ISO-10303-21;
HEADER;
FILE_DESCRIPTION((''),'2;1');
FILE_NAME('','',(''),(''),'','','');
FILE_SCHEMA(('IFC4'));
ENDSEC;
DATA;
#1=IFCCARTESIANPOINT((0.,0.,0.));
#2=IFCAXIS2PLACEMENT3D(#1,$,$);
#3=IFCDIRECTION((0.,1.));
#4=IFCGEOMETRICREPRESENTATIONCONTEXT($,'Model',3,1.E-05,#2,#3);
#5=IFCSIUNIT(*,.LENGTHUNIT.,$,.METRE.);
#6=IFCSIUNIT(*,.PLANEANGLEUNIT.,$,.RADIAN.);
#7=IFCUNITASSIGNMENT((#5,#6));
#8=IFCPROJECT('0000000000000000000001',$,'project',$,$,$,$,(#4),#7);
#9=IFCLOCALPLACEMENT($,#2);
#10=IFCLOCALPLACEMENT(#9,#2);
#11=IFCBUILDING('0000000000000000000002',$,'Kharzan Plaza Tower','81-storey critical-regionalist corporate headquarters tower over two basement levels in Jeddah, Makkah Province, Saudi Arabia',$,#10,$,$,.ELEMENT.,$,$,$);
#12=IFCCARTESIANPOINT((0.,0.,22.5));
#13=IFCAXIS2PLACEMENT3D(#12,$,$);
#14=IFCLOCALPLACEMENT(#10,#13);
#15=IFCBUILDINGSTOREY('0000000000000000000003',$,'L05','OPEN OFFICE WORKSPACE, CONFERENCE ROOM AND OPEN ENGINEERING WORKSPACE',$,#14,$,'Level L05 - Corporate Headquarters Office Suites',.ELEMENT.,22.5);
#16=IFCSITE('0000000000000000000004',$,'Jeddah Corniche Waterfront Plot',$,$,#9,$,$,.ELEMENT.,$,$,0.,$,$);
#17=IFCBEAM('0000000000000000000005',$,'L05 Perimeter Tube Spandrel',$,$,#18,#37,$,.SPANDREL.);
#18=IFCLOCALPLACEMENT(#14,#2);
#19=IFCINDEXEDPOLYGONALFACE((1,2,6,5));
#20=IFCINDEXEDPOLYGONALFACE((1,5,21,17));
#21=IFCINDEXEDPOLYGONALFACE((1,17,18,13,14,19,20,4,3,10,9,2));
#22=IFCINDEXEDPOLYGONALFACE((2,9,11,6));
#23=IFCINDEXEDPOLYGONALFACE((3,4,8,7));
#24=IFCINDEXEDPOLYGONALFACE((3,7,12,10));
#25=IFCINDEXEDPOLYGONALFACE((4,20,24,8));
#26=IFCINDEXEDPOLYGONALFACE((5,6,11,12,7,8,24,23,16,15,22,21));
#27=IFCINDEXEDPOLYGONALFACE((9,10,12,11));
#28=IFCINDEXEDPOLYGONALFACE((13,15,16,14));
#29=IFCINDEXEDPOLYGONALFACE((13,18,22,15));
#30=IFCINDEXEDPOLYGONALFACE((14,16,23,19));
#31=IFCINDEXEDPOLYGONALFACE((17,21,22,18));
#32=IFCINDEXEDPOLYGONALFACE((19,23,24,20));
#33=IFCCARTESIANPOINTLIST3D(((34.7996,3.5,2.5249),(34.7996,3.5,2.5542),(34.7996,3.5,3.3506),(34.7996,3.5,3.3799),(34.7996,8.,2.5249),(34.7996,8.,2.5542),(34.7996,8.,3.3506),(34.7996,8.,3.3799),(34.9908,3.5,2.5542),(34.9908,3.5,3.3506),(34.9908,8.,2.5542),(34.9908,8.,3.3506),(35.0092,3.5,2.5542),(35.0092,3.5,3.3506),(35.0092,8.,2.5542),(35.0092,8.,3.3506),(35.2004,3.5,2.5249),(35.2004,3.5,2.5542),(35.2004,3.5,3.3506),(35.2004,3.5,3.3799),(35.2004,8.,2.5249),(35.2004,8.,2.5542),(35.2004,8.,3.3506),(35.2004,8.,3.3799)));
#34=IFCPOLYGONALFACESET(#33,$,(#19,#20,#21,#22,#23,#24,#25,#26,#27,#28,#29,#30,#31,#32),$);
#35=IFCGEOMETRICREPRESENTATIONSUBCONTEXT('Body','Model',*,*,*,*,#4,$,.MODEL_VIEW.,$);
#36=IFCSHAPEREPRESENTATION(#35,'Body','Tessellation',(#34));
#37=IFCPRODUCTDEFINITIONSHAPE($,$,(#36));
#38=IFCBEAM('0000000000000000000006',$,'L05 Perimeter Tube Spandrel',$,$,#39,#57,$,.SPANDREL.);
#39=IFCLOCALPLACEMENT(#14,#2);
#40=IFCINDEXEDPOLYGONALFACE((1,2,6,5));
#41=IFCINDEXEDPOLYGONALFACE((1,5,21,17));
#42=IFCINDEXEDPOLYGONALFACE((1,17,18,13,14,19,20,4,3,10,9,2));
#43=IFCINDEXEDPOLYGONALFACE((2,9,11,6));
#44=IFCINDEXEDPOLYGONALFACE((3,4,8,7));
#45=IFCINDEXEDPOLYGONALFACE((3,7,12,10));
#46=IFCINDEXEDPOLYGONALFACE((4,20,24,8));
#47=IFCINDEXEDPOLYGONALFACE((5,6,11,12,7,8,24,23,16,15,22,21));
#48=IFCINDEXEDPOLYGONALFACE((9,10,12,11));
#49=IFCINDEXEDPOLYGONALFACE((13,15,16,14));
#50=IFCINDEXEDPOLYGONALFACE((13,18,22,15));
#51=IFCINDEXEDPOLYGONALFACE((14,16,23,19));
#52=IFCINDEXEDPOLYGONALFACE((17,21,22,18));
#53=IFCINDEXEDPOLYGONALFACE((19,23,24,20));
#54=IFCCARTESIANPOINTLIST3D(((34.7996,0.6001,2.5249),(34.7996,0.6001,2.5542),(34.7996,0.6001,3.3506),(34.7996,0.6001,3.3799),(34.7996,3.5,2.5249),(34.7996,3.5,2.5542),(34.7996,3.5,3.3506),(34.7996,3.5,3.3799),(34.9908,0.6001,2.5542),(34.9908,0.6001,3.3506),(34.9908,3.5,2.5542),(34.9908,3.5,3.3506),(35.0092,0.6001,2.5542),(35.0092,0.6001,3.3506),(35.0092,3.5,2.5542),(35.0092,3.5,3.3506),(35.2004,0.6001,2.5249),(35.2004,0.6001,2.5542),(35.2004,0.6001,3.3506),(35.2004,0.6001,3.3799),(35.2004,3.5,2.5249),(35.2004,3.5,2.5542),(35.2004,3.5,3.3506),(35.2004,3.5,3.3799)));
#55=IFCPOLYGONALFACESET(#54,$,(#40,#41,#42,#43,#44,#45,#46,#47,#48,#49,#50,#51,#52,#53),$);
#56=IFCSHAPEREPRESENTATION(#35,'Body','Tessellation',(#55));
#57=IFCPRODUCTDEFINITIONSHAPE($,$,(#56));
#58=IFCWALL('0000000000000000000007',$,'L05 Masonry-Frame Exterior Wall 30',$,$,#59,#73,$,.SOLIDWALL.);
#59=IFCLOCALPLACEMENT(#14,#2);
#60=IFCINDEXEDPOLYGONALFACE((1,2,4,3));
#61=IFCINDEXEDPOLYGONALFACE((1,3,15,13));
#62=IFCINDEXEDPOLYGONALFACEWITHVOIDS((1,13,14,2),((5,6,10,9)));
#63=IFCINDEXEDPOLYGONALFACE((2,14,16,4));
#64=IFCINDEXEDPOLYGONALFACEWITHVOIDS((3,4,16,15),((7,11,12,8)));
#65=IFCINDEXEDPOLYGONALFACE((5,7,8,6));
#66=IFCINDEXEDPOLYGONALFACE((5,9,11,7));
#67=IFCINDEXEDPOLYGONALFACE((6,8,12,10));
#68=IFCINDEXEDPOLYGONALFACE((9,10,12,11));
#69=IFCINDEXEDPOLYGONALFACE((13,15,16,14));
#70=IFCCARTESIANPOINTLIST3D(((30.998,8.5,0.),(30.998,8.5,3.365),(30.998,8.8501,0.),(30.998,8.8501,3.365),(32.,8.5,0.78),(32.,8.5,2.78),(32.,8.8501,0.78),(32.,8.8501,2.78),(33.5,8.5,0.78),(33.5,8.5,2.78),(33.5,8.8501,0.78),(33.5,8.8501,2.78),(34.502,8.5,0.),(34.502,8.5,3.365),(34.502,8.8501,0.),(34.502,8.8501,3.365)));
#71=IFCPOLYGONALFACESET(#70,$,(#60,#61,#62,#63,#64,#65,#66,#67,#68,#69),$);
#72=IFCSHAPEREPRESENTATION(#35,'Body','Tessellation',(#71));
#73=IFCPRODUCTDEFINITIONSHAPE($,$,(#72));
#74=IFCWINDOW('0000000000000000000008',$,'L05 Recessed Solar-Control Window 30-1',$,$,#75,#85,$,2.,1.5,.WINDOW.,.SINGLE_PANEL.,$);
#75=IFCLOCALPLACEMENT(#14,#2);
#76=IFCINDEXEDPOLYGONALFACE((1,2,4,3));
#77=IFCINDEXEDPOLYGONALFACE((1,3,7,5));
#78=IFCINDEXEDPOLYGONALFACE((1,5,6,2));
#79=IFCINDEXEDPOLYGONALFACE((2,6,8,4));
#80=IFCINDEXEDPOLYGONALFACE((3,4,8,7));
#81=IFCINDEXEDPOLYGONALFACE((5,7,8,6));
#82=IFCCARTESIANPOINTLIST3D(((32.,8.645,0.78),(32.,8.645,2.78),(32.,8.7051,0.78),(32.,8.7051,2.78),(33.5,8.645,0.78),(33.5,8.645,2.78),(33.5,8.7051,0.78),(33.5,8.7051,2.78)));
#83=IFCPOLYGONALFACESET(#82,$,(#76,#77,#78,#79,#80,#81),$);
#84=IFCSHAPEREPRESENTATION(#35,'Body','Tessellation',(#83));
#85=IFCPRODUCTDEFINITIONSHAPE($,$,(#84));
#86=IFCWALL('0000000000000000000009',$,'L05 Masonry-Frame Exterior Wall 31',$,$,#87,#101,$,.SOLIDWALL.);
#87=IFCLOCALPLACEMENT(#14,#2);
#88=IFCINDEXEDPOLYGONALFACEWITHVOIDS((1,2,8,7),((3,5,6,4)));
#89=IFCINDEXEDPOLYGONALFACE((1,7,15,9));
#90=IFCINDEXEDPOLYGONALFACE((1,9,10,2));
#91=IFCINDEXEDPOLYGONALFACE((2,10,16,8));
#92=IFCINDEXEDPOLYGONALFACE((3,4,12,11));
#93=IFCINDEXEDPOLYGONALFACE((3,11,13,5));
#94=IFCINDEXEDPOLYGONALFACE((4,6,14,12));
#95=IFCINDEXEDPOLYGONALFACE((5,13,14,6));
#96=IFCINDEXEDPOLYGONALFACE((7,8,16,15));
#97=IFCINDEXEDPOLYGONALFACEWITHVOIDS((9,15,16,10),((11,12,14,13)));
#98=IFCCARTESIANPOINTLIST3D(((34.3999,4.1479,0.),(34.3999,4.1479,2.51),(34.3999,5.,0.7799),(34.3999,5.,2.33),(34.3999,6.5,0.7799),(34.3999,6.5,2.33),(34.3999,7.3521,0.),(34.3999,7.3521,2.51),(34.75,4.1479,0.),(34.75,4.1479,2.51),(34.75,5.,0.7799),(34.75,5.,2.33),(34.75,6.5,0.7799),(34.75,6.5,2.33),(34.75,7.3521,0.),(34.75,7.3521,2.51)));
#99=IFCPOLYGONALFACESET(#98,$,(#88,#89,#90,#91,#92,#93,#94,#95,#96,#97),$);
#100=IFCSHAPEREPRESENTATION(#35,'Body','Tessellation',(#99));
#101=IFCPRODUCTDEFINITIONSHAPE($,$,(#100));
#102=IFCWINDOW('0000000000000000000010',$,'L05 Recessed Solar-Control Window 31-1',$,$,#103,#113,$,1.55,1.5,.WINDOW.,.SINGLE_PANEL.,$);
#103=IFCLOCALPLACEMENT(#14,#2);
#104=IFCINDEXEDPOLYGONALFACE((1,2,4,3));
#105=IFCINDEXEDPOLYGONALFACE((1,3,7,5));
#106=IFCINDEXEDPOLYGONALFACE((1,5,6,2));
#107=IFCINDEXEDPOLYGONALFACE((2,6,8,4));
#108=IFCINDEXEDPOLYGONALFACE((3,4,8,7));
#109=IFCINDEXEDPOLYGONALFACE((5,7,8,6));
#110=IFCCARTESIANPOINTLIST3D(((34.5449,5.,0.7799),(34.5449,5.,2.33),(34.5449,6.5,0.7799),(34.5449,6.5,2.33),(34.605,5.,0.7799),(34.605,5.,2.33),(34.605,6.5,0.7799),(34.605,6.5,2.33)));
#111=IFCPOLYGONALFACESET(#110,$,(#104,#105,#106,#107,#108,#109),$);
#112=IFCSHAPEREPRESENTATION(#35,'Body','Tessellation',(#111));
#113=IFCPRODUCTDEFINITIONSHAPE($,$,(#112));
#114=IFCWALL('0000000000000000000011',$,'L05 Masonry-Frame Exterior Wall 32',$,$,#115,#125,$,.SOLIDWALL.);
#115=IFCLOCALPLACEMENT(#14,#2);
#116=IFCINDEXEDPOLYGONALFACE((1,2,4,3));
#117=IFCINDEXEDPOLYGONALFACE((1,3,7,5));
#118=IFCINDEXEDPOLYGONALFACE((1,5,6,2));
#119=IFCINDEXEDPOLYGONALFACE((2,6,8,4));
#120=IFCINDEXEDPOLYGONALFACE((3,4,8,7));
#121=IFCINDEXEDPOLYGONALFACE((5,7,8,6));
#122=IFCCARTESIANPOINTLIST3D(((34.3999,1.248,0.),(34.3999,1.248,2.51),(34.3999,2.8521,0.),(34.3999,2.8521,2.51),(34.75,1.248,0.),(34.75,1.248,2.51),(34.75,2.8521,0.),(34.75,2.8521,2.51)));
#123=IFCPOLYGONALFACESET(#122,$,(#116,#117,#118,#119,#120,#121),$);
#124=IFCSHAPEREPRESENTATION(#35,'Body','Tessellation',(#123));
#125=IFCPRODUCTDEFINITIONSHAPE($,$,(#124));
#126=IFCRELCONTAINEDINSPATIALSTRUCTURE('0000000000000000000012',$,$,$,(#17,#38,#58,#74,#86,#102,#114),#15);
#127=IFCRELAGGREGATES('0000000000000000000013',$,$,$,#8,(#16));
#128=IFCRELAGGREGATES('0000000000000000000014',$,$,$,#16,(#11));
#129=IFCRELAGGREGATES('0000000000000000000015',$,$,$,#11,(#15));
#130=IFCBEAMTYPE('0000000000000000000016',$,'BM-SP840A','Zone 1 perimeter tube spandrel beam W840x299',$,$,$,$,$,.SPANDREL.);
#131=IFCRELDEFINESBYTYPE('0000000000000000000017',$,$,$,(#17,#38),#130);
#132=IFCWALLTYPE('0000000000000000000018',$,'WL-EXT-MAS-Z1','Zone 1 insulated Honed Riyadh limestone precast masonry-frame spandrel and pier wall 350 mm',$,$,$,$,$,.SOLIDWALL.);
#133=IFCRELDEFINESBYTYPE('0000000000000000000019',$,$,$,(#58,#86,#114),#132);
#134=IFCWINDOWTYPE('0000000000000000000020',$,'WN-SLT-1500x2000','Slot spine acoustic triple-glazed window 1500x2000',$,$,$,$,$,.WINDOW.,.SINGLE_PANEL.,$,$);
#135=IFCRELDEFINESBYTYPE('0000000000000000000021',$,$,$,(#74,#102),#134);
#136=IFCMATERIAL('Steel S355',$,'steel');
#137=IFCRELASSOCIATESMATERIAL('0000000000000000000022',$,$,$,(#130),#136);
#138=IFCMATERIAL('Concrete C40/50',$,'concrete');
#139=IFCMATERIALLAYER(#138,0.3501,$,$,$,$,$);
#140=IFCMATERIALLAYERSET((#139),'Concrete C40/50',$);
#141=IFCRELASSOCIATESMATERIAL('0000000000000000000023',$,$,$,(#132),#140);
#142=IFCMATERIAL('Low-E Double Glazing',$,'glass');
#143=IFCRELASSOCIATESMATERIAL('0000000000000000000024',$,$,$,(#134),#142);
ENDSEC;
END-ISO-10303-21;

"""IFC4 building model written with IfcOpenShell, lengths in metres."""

from ifc_helpers import new_model, si_unit, direction, frame, frame_2d, origin, origin_2d, place, context, subcontext, project, spatial, rectangle, i_section, extrude, source, transform, mapped, material, layer, layer_set, material_profile, profile_set, type_object, element, fill, save


model = new_model("IFC4")

# Units and contexts
model_context = context("Model", 3, precision=1e-05, world=origin(), true_north=direction((0.0, 1.0)))
body_context = subcontext(model_context, "Body", "Model", "MODEL_VIEW")
ifc_project = project(units=[si_unit("LENGTHUNIT", "METRE"), si_unit("PLANEANGLEUNIT", "RADIAN")], contexts=[model_context])

# Site, building, storey
site_placement = place(None, origin())
site = spatial("IfcSite", under=ifc_project, at=site_placement, Name="Jeddah Corniche Waterfront Plot", CompositionType="ELEMENT", RefElevation=0.0)
building_placement = place(site_placement, origin())
building = spatial("IfcBuilding", under=site, at=building_placement, Name="Kharzan Plaza Tower", Description="81-storey critical-regionalist corporate headquarters tower over two basement levels in Jeddah, Makkah Province, Saudi Arabia", CompositionType="ELEMENT")
storey_placement = place(building_placement, frame((0.0, 0.0, 22.5)))
storey = spatial("IfcBuildingStorey", under=building, at=storey_placement, Name="L05", Description="OPEN OFFICE WORKSPACE, CONFERENCE ROOM AND OPEN ENGINEERING WORKSPACE", LongName="Level L05 - Corporate Headquarters Office Suites", CompositionType="ELEMENT", Elevation=22.5)

# Beams
ifc_material_1 = material(Name="Steel S355", Category="steel")
ifc_material_profile_1 = material_profile(ifc_material_1, i_section(OverallWidth=0.4009, OverallDepth=0.855, WebThickness=0.0183, FlangeThickness=0.0293, at=origin_2d()), Name="W840x299")
ifc_profile_set_1 = profile_set([ifc_material_profile_1], Name="Steel S355")
beam_type_1 = type_object("IfcBeamType", Name="BM-SP840A", Description="Zone 1 perimeter tube spandrel beam W840x299", PredefinedType="SPANDREL", material=ifc_profile_set_1)
shared_shape_1 = source(origin(), body_context, "Body", "SweptSolid", [
    extrude(i_section(OverallWidth=0.4009, OverallDepth=0.855, WebThickness=0.0183, FlangeThickness=0.0293, at=origin_2d()), origin(), (0.0, 0.0, 1.0), 4.5),
])
beam_1_placement = place(storey_placement, frame((35.0, 3.5, 2.9524), z_axis=(0.0, 1.0, 0.0), x_axis=(-1.0, 0.0, 0.0)))
element("IfcBeam", 1, at=beam_1_placement, inside=storey, type_object=beam_type_1, Name="L05 Perimeter Tube Spandrel", PredefinedType="SPANDREL", context=body_context, shape_type="MappedRepresentation", body=[
    mapped(shared_shape_1, transform((0.0, 0.0, 0.0), x_axis=(1.0, 0.0, 0.0), y_axis=(0.0, 1.0, 0.0), z_axis=(0.0, 0.0, 1.0))),
])
shared_shape_2 = source(origin(), body_context, "Body", "SweptSolid", [
    extrude(i_section(OverallWidth=0.4009, OverallDepth=0.855, WebThickness=0.0183, FlangeThickness=0.0293, at=origin_2d()), origin(), (0.0, 0.0, 1.0), 2.8999),
])
beam_2_placement = place(storey_placement, frame((35.0, 0.6001, 2.9524), z_axis=(0.0, 1.0, 0.0), x_axis=(-1.0, 0.0, 0.0)))
element("IfcBeam", 2, at=beam_2_placement, inside=storey, type_object=beam_type_1, Name="L05 Perimeter Tube Spandrel", PredefinedType="SPANDREL", context=body_context, shape_type="MappedRepresentation", body=[
    mapped(shared_shape_2, transform((0.0, 0.0, 0.0), x_axis=(1.0, 0.0, 0.0), y_axis=(0.0, 1.0, 0.0), z_axis=(0.0, 0.0, 1.0))),
])

# Walls, openings, windows
ifc_material_2 = material(Name="Concrete C40/50", Category="concrete")
ifc_layer = layer(ifc_material_2, 0.3501)
ifc_layer_set = layer_set([ifc_layer], Name="Concrete C40/50")
wall_type = type_object("IfcWallType", Name="WL-EXT-MAS-Z1", Description="Zone 1 insulated Honed Riyadh limestone precast masonry-frame spandrel and pier wall 350 mm", PredefinedType="SOLIDWALL", material=ifc_layer_set)
wall_1_placement = place(storey_placement, frame((30.998, 8.675, 0.0), z_axis=(0.0, 0.0, 1.0), x_axis=(1.0, 0.0, 0.0)))
wall_1 = element("IfcWall", 3, at=wall_1_placement, inside=storey, type_object=wall_type, Name="L05 Masonry-Frame Exterior Wall 30", PredefinedType="SOLIDWALL", context=body_context, shape_type="SweptSolid", body=[
    extrude(rectangle(XDim=3.5039, YDim=0.3501, at=frame_2d((1.752, 0.0))), origin(), (0.0, 0.0, 1.0), 3.365),
])
opening_1_placement = place(wall_1_placement, frame((1.002, 0.0, 0.78)))
opening_1 = element("IfcOpeningElement", 4, at=opening_1_placement, cuts=wall_1, PredefinedType="OPENING", context=body_context, shape_type="SweptSolid", body=[
    extrude(rectangle(XDim=1.5, YDim=2.0, at=frame_2d((0.75, 1.0))), frame((0.0, 0.1851, 0.0), z_axis=(0.0, -1.0, 0.0), x_axis=(1.0, 0.0, 0.0)), (0.0, 0.0, 1.0), 0.3701),
])
ifc_material_3 = material(Name="Low-E Double Glazing", Category="glass")
window_type = type_object("IfcWindowType", Name="WN-SLT-1500x2000", Description="Slot spine acoustic triple-glazed window 1500x2000", PartitioningType="SINGLE_PANEL", PredefinedType="WINDOW", material=ifc_material_3)
shared_shape_3 = source(origin(), body_context, "Body", "SweptSolid", [
    extrude(rectangle(XDim=1.5, YDim=2.0, at=frame_2d((0.75, 1.0))), frame((0.0, 0.03, 0.0), z_axis=(0.0, -1.0, 0.0), x_axis=(1.0, 0.0, 0.0)), (0.0, 0.0, 1.0), 0.0601),
])
window_1_placement = place(opening_1_placement, origin())
window_1 = element("IfcWindow", 5, at=window_1_placement, inside=storey, type_object=window_type, Name="L05 Recessed Solar-Control Window 30-1", OverallHeight=2.0, OverallWidth=1.5, PartitioningType="SINGLE_PANEL", PredefinedType="WINDOW", context=body_context, shape_type="MappedRepresentation", body=[
    mapped(shared_shape_3, transform((0.0, 0.0, 0.0), x_axis=(1.0, 0.0, 0.0), y_axis=(0.0, 1.0, 0.0), z_axis=(0.0, 0.0, 1.0))),
])
fill(opening_1, window_1)
wall_2_placement = place(storey_placement, frame((34.575, 7.3521, 0.0), z_axis=(0.0, 0.0, 1.0), x_axis=(0.0, -1.0, 0.0)))
wall_2 = element("IfcWall", 6, at=wall_2_placement, inside=storey, type_object=wall_type, Name="L05 Masonry-Frame Exterior Wall 31", PredefinedType="SOLIDWALL", context=body_context, shape_type="SweptSolid", body=[
    extrude(rectangle(XDim=3.2041, YDim=0.3501, at=frame_2d((1.6021, 0.0))), origin(), (0.0, 0.0, 1.0), 2.51),
])
opening_2_placement = place(wall_2_placement, frame((0.8521, 0.0, 0.78)))
opening_2 = element("IfcOpeningElement", 7, at=opening_2_placement, cuts=wall_2, PredefinedType="OPENING", context=body_context, shape_type="SweptSolid", body=[
    extrude(rectangle(XDim=1.5, YDim=1.55, at=frame_2d((0.75, 0.7749))), frame((0.0, 0.1851, 0.0), z_axis=(0.0, -1.0, 0.0), x_axis=(1.0, 0.0, 0.0)), (0.0, 0.0, 1.0), 0.3701),
])
shared_shape_4 = source(origin(), body_context, "Body", "SweptSolid", [
    extrude(rectangle(XDim=1.5, YDim=1.55, at=frame_2d((0.75, 0.7749))), frame((0.0, 0.03, 0.0), z_axis=(0.0, -1.0, 0.0), x_axis=(1.0, 0.0, 0.0)), (0.0, 0.0, 1.0), 0.0601),
])
window_2_placement = place(opening_2_placement, origin())
window_2 = element("IfcWindow", 8, at=window_2_placement, inside=storey, type_object=window_type, Name="L05 Recessed Solar-Control Window 31-1", OverallHeight=1.55, OverallWidth=1.5, PartitioningType="SINGLE_PANEL", PredefinedType="WINDOW", context=body_context, shape_type="MappedRepresentation", body=[
    mapped(shared_shape_4, transform((0.0, 0.0, 0.0), x_axis=(1.0, 0.0, 0.0), y_axis=(0.0, 1.0, 0.0), z_axis=(0.0, 0.0, 1.0))),
])
fill(opening_2, window_2)

# Wall
shared_shape_5 = source(origin(), body_context, "Body", "SweptSolid", [
    extrude(rectangle(XDim=1.604, YDim=0.3501, at=frame_2d((0.802, 0.0))), origin(), (0.0, 0.0, 1.0), 2.51),
])
wall_3_placement = place(storey_placement, frame((34.575, 2.8521, 0.0), z_axis=(0.0, 0.0, 1.0), x_axis=(0.0, -1.0, 0.0)))
element("IfcWall", 9, at=wall_3_placement, inside=storey, type_object=wall_type, Name="L05 Masonry-Frame Exterior Wall 32", PredefinedType="SOLIDWALL", context=body_context, shape_type="MappedRepresentation", body=[
    mapped(shared_shape_5, transform((0.0, 0.0, 0.0), x_axis=(1.0, 0.0, 0.0), y_axis=(0.0, 1.0, 0.0), z_axis=(0.0, 0.0, 1.0))),
])

save(model, "model.ifc")
